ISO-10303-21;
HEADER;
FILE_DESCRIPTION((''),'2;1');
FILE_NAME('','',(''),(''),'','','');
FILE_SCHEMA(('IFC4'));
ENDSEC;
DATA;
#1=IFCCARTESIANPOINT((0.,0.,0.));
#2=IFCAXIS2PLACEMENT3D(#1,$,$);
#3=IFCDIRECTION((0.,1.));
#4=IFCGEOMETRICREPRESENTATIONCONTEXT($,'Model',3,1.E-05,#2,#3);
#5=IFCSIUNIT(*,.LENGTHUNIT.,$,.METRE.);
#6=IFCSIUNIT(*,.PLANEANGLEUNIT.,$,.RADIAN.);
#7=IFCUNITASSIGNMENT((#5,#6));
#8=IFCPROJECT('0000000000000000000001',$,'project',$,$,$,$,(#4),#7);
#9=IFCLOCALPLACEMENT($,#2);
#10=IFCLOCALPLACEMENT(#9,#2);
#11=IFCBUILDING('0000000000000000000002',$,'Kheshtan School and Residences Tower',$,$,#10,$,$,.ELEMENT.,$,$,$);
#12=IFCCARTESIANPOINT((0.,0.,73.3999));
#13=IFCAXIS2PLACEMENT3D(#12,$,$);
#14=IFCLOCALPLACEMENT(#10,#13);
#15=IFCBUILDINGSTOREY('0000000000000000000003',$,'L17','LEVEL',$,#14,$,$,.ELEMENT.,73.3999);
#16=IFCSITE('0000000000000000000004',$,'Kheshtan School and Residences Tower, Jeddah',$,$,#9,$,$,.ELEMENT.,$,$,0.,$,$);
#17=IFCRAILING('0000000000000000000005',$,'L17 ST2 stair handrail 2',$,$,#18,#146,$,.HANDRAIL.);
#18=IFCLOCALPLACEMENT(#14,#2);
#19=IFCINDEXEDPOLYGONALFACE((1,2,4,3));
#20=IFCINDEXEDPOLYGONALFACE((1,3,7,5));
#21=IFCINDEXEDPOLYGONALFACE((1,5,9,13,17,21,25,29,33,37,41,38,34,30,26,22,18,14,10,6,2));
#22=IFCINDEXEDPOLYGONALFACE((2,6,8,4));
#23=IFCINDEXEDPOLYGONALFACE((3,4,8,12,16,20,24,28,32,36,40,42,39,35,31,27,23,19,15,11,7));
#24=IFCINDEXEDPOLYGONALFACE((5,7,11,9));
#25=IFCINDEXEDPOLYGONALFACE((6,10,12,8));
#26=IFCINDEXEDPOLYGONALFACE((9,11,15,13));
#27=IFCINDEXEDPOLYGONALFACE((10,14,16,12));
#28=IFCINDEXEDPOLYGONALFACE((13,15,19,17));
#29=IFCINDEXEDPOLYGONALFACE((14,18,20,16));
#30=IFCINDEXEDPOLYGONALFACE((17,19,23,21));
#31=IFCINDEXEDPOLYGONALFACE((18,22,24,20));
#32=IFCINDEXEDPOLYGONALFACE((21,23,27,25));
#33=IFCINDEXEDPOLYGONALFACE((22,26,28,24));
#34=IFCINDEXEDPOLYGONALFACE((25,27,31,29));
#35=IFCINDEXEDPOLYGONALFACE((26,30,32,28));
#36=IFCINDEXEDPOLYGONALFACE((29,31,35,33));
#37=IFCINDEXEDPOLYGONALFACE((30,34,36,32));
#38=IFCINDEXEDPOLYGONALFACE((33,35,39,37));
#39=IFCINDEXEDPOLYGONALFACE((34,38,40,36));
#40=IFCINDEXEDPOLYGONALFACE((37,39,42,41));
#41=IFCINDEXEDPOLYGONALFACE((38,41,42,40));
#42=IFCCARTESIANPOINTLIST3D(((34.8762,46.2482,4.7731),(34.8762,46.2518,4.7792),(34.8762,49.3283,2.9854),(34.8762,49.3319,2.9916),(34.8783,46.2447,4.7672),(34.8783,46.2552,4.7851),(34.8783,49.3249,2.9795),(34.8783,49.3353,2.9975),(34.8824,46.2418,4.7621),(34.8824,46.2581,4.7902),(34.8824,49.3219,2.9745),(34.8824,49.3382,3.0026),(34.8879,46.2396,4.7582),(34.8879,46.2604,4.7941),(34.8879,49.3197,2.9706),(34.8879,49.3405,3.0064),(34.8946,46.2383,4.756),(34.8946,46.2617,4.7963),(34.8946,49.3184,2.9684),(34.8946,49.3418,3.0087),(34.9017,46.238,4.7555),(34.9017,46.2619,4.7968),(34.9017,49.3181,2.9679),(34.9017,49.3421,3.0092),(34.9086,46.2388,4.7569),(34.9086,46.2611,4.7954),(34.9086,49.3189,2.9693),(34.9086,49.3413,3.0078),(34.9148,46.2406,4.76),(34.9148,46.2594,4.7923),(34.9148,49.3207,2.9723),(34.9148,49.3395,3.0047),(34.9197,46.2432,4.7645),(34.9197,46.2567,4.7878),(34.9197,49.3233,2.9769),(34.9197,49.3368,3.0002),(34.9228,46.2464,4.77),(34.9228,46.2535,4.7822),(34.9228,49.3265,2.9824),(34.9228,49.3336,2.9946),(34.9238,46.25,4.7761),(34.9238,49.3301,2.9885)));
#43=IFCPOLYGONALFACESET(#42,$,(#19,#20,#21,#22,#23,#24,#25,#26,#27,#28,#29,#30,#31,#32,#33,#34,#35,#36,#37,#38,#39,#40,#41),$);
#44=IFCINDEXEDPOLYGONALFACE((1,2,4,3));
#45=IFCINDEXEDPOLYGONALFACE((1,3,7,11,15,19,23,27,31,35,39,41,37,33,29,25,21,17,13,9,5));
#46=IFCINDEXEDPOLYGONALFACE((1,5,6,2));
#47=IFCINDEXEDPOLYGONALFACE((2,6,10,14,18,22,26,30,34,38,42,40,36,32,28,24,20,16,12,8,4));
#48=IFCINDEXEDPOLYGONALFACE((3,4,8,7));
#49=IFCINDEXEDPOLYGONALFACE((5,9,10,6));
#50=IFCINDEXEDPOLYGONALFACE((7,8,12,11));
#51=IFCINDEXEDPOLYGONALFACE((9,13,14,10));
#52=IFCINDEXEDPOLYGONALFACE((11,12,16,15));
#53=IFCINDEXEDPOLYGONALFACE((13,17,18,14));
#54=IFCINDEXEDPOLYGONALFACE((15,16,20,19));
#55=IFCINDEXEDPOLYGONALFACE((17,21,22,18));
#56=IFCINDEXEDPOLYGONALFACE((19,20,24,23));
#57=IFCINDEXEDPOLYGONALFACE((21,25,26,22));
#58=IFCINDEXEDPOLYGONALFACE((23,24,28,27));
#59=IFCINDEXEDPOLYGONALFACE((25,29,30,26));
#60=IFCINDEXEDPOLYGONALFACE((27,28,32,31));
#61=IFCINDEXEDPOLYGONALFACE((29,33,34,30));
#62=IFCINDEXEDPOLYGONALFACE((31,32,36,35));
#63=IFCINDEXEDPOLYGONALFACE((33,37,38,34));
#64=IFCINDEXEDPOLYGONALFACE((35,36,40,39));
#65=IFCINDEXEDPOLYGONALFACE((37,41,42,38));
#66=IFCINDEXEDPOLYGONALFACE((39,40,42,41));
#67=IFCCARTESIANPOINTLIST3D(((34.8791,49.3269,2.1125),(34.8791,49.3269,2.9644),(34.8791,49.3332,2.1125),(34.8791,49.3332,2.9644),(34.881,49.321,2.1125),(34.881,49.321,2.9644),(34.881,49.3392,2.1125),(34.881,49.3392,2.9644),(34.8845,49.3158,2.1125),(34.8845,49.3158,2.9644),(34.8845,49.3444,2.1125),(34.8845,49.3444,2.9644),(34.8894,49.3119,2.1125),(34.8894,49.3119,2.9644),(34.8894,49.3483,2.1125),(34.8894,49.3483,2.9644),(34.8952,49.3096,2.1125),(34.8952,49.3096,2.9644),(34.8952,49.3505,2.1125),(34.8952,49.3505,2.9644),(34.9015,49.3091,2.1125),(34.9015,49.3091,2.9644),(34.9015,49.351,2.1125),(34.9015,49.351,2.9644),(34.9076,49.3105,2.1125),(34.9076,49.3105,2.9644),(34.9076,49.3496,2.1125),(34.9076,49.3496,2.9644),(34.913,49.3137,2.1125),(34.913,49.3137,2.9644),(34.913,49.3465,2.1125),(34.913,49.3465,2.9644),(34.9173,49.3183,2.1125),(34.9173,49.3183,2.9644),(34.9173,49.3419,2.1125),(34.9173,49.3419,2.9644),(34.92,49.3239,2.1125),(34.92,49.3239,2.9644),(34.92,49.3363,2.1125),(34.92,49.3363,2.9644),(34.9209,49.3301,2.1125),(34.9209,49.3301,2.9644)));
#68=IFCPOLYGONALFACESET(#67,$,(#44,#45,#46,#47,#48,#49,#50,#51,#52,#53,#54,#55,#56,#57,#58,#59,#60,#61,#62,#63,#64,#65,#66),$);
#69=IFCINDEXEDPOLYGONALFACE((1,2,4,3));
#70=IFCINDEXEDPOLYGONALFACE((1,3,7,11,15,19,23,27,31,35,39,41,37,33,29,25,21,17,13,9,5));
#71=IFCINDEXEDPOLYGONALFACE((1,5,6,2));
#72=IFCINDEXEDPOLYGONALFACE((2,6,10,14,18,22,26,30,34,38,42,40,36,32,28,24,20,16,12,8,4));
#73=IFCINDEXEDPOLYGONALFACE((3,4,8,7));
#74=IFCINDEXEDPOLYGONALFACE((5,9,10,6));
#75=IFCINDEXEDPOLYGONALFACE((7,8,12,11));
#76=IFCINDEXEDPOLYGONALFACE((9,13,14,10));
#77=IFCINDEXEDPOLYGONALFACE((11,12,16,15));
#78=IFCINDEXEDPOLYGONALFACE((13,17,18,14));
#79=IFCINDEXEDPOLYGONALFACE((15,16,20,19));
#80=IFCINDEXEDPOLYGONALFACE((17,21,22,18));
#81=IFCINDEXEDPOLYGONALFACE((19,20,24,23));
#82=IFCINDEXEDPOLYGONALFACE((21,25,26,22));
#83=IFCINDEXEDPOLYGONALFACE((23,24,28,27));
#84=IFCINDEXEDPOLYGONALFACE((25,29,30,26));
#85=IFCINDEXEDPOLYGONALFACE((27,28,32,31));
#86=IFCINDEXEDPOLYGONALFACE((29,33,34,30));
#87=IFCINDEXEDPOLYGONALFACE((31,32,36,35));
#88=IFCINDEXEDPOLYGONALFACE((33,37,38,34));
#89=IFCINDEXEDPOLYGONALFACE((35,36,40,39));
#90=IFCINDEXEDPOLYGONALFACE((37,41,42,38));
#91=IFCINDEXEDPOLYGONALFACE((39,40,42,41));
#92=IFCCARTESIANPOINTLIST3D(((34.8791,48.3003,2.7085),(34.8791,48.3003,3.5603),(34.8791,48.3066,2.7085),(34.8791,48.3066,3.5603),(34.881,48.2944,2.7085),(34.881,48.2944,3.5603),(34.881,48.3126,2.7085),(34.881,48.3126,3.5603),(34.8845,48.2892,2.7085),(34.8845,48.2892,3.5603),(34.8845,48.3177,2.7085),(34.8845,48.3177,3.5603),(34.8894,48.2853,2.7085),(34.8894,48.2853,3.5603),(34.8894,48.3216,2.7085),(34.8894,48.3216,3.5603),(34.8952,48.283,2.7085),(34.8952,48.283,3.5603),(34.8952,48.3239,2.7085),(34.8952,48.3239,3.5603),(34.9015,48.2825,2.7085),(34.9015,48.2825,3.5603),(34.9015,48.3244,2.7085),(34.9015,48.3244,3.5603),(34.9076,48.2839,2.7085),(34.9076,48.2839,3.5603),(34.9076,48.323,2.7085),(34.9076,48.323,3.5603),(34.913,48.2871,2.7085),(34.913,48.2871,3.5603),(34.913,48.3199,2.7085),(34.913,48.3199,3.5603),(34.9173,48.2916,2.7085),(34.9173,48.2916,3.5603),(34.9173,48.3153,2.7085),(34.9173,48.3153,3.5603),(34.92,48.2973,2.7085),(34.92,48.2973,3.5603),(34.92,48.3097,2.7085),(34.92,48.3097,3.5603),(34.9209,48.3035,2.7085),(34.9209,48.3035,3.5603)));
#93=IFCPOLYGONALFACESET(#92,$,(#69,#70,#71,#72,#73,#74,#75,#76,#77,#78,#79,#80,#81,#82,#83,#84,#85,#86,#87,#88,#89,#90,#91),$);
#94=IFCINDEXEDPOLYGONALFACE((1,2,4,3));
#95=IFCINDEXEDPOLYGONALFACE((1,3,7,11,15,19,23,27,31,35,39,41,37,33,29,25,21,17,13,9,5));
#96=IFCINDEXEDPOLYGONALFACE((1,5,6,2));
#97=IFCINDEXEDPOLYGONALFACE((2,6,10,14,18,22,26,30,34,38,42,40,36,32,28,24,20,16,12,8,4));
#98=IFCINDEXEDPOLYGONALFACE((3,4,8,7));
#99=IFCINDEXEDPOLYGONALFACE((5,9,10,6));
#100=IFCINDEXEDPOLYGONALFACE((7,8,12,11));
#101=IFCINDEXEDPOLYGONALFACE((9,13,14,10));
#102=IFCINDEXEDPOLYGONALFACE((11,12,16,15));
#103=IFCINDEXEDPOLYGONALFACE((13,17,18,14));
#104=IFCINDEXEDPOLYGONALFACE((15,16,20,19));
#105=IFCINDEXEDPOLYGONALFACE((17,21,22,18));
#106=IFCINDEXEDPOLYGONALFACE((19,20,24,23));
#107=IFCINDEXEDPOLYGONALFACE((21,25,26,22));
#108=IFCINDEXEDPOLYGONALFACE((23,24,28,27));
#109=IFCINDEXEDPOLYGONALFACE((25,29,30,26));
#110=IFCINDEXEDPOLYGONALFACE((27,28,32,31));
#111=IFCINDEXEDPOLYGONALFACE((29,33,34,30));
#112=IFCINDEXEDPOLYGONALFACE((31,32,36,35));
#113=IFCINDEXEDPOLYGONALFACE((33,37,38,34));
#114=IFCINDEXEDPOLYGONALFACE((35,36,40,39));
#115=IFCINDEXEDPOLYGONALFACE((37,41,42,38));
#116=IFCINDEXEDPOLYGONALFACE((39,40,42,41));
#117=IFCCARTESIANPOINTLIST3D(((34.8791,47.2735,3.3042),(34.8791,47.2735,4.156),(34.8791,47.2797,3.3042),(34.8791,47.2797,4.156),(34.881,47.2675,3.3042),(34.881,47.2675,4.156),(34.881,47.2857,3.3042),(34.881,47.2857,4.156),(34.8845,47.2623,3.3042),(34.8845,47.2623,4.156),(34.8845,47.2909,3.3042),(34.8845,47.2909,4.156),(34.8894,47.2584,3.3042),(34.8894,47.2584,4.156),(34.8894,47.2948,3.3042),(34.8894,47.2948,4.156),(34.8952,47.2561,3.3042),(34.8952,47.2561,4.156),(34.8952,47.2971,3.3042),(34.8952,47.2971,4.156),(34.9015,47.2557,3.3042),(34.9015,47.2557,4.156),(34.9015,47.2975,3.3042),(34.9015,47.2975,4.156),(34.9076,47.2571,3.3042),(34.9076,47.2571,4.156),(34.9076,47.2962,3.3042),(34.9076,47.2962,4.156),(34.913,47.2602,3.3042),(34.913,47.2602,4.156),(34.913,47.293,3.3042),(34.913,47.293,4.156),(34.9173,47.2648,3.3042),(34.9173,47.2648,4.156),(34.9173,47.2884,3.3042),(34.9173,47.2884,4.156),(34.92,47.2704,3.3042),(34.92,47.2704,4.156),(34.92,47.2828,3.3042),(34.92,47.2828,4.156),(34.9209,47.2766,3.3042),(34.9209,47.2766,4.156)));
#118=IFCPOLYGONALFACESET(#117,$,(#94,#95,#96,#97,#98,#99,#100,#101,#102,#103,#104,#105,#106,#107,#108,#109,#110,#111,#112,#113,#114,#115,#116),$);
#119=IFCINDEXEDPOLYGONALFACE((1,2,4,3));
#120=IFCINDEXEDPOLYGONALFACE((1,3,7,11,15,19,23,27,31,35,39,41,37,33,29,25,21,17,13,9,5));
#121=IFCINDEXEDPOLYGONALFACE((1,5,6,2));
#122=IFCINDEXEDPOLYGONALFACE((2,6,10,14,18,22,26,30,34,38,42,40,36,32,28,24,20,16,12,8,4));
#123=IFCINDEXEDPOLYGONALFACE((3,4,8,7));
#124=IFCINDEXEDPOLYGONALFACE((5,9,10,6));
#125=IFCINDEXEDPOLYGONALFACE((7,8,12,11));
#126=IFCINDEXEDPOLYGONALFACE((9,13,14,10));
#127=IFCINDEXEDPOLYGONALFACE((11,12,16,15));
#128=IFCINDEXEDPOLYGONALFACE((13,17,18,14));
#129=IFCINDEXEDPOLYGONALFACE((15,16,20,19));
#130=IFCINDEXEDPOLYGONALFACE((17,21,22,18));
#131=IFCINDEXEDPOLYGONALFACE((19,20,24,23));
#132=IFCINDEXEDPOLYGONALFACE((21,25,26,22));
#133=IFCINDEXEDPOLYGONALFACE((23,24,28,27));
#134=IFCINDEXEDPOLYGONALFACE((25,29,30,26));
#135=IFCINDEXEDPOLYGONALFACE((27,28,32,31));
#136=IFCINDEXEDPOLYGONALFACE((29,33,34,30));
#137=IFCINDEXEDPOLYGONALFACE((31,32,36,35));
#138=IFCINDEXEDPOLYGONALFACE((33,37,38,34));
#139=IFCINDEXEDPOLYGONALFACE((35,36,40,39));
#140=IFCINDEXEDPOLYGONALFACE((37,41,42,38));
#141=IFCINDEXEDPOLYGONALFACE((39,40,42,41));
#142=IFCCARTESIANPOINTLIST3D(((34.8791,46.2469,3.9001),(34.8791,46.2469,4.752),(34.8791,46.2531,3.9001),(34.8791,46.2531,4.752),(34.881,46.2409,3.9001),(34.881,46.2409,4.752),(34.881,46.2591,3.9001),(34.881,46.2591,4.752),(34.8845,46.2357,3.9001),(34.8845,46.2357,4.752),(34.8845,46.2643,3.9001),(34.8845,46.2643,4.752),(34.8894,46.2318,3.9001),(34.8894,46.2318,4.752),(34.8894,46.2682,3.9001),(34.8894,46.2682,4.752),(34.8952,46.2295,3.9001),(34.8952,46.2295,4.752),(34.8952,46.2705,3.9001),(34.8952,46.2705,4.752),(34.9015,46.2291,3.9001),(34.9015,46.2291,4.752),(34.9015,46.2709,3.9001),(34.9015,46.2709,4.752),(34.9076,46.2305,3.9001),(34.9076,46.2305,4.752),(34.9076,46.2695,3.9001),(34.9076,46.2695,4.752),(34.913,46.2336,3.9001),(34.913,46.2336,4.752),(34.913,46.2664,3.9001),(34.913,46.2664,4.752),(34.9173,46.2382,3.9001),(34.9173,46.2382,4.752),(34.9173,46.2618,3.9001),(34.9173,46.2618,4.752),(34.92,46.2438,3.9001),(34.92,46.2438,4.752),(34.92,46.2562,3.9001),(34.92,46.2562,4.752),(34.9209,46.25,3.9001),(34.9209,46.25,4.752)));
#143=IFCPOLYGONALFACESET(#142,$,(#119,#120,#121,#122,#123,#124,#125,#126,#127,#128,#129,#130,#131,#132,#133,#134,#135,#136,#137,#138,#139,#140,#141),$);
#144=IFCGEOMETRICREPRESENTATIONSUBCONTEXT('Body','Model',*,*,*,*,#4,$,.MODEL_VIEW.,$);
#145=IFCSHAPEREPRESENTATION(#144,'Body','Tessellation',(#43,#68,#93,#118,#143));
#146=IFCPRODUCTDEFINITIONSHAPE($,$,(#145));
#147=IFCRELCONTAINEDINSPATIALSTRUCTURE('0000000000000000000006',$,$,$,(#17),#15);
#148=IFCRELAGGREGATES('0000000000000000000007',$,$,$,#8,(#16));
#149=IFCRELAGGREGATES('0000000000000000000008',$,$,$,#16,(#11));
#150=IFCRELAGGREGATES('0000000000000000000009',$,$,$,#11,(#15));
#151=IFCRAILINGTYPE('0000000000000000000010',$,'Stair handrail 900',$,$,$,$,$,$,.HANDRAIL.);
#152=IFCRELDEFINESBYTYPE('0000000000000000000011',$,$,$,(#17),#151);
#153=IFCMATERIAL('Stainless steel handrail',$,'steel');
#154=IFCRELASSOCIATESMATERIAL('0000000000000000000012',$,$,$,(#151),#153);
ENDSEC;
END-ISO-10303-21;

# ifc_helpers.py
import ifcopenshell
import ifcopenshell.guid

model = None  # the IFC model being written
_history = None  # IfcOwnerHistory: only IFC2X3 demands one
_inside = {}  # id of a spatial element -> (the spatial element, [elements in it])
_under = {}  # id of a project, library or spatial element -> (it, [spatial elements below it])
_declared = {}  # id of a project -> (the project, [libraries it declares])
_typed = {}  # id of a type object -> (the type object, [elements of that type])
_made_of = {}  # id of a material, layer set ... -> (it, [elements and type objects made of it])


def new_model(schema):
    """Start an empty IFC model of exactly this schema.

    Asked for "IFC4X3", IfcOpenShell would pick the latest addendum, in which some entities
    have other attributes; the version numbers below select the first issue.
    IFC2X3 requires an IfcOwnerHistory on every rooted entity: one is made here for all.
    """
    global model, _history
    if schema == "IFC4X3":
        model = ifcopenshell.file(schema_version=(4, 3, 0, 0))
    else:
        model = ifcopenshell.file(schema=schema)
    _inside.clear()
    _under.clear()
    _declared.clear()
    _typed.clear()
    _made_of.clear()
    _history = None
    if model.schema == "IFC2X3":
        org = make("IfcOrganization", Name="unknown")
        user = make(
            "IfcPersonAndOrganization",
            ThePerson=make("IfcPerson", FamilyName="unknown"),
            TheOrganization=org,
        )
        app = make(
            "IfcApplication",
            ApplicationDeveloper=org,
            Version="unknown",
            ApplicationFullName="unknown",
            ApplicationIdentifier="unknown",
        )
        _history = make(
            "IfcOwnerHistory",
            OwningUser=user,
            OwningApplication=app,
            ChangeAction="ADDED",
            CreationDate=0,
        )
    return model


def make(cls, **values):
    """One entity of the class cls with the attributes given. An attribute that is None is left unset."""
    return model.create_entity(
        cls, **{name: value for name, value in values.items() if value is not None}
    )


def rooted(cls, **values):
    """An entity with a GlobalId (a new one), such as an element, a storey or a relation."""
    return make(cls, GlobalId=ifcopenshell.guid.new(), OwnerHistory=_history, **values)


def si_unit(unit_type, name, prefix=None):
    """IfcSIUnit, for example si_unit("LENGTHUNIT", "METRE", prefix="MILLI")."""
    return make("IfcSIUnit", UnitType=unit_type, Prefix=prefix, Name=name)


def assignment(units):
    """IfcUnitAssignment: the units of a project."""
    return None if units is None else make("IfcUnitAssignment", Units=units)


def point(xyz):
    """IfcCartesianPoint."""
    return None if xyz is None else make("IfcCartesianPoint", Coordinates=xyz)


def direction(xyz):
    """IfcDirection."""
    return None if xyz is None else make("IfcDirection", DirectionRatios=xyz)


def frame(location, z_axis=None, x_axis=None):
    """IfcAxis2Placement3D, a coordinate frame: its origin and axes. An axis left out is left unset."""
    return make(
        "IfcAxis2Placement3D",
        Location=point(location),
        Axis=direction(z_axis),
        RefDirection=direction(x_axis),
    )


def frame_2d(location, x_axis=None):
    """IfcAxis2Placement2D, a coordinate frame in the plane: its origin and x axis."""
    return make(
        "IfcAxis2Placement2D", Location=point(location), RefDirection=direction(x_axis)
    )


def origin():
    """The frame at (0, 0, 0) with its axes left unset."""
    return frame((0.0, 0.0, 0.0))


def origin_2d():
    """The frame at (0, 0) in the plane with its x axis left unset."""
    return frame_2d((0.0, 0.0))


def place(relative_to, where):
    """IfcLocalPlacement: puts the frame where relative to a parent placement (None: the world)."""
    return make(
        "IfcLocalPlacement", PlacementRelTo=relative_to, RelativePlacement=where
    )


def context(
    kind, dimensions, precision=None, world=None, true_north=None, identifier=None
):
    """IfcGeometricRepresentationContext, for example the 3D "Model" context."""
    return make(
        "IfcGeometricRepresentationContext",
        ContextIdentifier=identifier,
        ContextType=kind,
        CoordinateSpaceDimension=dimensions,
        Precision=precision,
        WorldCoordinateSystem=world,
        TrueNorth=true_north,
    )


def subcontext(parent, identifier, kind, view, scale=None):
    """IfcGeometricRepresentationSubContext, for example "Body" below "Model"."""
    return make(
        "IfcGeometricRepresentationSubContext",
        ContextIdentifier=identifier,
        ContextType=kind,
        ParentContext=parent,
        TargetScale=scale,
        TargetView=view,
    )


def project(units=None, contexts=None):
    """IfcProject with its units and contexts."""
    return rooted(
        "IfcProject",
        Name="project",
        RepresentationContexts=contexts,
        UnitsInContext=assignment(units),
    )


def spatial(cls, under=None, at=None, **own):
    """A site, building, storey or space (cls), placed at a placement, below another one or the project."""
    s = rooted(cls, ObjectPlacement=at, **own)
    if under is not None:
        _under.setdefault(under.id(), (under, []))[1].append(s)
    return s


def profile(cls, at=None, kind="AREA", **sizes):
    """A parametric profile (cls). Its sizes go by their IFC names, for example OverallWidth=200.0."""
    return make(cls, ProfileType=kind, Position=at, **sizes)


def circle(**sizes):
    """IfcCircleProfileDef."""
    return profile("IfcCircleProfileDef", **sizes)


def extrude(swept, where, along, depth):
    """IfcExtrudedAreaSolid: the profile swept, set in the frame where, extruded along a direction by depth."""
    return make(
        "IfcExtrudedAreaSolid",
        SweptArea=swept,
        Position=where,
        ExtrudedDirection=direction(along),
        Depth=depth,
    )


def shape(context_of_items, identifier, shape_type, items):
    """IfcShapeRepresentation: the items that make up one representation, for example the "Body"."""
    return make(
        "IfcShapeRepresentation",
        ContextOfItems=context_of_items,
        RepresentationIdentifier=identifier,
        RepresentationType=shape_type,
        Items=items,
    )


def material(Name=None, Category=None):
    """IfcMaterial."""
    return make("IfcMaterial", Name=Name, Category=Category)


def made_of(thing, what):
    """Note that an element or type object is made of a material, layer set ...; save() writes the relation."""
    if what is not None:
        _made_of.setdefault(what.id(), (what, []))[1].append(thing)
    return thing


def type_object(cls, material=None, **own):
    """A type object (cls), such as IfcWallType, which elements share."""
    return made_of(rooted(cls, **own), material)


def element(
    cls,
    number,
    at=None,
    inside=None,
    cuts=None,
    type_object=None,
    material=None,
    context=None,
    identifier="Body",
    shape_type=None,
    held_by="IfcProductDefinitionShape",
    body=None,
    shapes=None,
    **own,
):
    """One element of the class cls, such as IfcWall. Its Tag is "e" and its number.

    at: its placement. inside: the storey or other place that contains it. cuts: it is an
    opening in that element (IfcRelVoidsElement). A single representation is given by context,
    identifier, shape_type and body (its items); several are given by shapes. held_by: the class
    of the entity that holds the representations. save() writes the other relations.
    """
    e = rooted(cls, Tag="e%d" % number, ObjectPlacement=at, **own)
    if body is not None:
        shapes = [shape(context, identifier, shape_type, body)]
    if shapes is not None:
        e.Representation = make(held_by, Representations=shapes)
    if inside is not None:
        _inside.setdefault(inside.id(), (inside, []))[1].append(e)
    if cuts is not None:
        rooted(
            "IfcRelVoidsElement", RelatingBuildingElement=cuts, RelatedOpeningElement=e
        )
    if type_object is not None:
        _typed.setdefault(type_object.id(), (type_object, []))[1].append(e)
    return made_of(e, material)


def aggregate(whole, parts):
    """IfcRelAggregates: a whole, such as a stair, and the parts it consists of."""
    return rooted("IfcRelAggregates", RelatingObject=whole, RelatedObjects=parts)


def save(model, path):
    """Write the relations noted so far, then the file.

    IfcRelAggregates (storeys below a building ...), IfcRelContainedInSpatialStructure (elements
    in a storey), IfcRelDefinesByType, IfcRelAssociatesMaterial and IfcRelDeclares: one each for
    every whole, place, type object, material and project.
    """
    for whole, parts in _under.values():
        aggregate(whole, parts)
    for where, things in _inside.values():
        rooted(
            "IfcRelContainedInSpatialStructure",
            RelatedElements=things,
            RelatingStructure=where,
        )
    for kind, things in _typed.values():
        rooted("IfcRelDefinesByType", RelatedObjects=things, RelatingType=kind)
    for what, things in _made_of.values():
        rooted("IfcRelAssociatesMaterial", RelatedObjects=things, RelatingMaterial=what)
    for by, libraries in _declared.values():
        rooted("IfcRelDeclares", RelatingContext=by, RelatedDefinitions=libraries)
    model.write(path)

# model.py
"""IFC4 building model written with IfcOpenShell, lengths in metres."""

from ifc_helpers import new_model, si_unit, direction, frame, origin, origin_2d, place, context, subcontext, project, spatial, circle, extrude, material, type_object, element, save


model = new_model("IFC4")

# Units and contexts
model_context = context("Model", 3, precision=1e-05, world=origin(), true_north=direction((0.0, 1.0)))
body_context = subcontext(model_context, "Body", "Model", "MODEL_VIEW")
ifc_project = project(units=[si_unit("LENGTHUNIT", "METRE"), si_unit("PLANEANGLEUNIT", "RADIAN")], contexts=[model_context])

# Site, building, storey
site_placement = place(None, origin())
site = spatial("IfcSite", under=ifc_project, at=site_placement, Name="Kheshtan School and Residences Tower, Jeddah", CompositionType="ELEMENT", RefElevation=0.0)
building_placement = place(site_placement, origin())
building = spatial("IfcBuilding", under=site, at=building_placement, Name="Kheshtan School and Residences Tower", CompositionType="ELEMENT")
storey_placement = place(building_placement, frame((0.0, 0.0, 73.3999)))
storey = spatial("IfcBuildingStorey", under=building, at=storey_placement, Name="L17", Description="LEVEL", CompositionType="ELEMENT", Elevation=73.3999)

# Railing
ifc_material_1 = material(Name="Stainless steel handrail", Category="steel")
railing_type_1 = type_object("IfcRailingType", Name="Stair handrail 900", PredefinedType="HANDRAIL", material=ifc_material_1)
railing_1_placement = place(storey_placement, frame((34.8999, 49.3301, 2.1125)))
element("IfcRailing", 1, at=railing_1_placement, inside=storey, type_object=railing_type_1, Name="L17 ST2 stair handrail 2", PredefinedType="HANDRAIL", context=body_context, shape_type="SweptSolid", body=[
    extrude(circle(Radius=0.0239, at=origin_2d()), frame((0.0, 0.0, 0.876), z_axis=(0.0, -0.864891, 0.50196), x_axis=(1.0, 0.0, 0.0)), (0.0, 0.0, 1.0), 3.5613),
    extrude(circle(Radius=0.021, at=origin_2d()), origin(), (0.0, 0.0, 1.0), 0.8518),
    extrude(circle(Radius=0.021, at=origin_2d()), frame((0.0, -1.0266, 0.5959)), (0.0, 0.0, 1.0), 0.8518),
    extrude(circle(Radius=0.021, at=origin_2d()), frame((0.0, -2.0535, 1.1917)), (0.0, 0.0, 1.0), 0.8518),
    extrude(circle(Radius=0.021, at=origin_2d()), frame((0.0, -3.0801, 1.7876)), (0.0, 0.0, 1.0), 0.8518),
])

save(model, "model.ifc")
